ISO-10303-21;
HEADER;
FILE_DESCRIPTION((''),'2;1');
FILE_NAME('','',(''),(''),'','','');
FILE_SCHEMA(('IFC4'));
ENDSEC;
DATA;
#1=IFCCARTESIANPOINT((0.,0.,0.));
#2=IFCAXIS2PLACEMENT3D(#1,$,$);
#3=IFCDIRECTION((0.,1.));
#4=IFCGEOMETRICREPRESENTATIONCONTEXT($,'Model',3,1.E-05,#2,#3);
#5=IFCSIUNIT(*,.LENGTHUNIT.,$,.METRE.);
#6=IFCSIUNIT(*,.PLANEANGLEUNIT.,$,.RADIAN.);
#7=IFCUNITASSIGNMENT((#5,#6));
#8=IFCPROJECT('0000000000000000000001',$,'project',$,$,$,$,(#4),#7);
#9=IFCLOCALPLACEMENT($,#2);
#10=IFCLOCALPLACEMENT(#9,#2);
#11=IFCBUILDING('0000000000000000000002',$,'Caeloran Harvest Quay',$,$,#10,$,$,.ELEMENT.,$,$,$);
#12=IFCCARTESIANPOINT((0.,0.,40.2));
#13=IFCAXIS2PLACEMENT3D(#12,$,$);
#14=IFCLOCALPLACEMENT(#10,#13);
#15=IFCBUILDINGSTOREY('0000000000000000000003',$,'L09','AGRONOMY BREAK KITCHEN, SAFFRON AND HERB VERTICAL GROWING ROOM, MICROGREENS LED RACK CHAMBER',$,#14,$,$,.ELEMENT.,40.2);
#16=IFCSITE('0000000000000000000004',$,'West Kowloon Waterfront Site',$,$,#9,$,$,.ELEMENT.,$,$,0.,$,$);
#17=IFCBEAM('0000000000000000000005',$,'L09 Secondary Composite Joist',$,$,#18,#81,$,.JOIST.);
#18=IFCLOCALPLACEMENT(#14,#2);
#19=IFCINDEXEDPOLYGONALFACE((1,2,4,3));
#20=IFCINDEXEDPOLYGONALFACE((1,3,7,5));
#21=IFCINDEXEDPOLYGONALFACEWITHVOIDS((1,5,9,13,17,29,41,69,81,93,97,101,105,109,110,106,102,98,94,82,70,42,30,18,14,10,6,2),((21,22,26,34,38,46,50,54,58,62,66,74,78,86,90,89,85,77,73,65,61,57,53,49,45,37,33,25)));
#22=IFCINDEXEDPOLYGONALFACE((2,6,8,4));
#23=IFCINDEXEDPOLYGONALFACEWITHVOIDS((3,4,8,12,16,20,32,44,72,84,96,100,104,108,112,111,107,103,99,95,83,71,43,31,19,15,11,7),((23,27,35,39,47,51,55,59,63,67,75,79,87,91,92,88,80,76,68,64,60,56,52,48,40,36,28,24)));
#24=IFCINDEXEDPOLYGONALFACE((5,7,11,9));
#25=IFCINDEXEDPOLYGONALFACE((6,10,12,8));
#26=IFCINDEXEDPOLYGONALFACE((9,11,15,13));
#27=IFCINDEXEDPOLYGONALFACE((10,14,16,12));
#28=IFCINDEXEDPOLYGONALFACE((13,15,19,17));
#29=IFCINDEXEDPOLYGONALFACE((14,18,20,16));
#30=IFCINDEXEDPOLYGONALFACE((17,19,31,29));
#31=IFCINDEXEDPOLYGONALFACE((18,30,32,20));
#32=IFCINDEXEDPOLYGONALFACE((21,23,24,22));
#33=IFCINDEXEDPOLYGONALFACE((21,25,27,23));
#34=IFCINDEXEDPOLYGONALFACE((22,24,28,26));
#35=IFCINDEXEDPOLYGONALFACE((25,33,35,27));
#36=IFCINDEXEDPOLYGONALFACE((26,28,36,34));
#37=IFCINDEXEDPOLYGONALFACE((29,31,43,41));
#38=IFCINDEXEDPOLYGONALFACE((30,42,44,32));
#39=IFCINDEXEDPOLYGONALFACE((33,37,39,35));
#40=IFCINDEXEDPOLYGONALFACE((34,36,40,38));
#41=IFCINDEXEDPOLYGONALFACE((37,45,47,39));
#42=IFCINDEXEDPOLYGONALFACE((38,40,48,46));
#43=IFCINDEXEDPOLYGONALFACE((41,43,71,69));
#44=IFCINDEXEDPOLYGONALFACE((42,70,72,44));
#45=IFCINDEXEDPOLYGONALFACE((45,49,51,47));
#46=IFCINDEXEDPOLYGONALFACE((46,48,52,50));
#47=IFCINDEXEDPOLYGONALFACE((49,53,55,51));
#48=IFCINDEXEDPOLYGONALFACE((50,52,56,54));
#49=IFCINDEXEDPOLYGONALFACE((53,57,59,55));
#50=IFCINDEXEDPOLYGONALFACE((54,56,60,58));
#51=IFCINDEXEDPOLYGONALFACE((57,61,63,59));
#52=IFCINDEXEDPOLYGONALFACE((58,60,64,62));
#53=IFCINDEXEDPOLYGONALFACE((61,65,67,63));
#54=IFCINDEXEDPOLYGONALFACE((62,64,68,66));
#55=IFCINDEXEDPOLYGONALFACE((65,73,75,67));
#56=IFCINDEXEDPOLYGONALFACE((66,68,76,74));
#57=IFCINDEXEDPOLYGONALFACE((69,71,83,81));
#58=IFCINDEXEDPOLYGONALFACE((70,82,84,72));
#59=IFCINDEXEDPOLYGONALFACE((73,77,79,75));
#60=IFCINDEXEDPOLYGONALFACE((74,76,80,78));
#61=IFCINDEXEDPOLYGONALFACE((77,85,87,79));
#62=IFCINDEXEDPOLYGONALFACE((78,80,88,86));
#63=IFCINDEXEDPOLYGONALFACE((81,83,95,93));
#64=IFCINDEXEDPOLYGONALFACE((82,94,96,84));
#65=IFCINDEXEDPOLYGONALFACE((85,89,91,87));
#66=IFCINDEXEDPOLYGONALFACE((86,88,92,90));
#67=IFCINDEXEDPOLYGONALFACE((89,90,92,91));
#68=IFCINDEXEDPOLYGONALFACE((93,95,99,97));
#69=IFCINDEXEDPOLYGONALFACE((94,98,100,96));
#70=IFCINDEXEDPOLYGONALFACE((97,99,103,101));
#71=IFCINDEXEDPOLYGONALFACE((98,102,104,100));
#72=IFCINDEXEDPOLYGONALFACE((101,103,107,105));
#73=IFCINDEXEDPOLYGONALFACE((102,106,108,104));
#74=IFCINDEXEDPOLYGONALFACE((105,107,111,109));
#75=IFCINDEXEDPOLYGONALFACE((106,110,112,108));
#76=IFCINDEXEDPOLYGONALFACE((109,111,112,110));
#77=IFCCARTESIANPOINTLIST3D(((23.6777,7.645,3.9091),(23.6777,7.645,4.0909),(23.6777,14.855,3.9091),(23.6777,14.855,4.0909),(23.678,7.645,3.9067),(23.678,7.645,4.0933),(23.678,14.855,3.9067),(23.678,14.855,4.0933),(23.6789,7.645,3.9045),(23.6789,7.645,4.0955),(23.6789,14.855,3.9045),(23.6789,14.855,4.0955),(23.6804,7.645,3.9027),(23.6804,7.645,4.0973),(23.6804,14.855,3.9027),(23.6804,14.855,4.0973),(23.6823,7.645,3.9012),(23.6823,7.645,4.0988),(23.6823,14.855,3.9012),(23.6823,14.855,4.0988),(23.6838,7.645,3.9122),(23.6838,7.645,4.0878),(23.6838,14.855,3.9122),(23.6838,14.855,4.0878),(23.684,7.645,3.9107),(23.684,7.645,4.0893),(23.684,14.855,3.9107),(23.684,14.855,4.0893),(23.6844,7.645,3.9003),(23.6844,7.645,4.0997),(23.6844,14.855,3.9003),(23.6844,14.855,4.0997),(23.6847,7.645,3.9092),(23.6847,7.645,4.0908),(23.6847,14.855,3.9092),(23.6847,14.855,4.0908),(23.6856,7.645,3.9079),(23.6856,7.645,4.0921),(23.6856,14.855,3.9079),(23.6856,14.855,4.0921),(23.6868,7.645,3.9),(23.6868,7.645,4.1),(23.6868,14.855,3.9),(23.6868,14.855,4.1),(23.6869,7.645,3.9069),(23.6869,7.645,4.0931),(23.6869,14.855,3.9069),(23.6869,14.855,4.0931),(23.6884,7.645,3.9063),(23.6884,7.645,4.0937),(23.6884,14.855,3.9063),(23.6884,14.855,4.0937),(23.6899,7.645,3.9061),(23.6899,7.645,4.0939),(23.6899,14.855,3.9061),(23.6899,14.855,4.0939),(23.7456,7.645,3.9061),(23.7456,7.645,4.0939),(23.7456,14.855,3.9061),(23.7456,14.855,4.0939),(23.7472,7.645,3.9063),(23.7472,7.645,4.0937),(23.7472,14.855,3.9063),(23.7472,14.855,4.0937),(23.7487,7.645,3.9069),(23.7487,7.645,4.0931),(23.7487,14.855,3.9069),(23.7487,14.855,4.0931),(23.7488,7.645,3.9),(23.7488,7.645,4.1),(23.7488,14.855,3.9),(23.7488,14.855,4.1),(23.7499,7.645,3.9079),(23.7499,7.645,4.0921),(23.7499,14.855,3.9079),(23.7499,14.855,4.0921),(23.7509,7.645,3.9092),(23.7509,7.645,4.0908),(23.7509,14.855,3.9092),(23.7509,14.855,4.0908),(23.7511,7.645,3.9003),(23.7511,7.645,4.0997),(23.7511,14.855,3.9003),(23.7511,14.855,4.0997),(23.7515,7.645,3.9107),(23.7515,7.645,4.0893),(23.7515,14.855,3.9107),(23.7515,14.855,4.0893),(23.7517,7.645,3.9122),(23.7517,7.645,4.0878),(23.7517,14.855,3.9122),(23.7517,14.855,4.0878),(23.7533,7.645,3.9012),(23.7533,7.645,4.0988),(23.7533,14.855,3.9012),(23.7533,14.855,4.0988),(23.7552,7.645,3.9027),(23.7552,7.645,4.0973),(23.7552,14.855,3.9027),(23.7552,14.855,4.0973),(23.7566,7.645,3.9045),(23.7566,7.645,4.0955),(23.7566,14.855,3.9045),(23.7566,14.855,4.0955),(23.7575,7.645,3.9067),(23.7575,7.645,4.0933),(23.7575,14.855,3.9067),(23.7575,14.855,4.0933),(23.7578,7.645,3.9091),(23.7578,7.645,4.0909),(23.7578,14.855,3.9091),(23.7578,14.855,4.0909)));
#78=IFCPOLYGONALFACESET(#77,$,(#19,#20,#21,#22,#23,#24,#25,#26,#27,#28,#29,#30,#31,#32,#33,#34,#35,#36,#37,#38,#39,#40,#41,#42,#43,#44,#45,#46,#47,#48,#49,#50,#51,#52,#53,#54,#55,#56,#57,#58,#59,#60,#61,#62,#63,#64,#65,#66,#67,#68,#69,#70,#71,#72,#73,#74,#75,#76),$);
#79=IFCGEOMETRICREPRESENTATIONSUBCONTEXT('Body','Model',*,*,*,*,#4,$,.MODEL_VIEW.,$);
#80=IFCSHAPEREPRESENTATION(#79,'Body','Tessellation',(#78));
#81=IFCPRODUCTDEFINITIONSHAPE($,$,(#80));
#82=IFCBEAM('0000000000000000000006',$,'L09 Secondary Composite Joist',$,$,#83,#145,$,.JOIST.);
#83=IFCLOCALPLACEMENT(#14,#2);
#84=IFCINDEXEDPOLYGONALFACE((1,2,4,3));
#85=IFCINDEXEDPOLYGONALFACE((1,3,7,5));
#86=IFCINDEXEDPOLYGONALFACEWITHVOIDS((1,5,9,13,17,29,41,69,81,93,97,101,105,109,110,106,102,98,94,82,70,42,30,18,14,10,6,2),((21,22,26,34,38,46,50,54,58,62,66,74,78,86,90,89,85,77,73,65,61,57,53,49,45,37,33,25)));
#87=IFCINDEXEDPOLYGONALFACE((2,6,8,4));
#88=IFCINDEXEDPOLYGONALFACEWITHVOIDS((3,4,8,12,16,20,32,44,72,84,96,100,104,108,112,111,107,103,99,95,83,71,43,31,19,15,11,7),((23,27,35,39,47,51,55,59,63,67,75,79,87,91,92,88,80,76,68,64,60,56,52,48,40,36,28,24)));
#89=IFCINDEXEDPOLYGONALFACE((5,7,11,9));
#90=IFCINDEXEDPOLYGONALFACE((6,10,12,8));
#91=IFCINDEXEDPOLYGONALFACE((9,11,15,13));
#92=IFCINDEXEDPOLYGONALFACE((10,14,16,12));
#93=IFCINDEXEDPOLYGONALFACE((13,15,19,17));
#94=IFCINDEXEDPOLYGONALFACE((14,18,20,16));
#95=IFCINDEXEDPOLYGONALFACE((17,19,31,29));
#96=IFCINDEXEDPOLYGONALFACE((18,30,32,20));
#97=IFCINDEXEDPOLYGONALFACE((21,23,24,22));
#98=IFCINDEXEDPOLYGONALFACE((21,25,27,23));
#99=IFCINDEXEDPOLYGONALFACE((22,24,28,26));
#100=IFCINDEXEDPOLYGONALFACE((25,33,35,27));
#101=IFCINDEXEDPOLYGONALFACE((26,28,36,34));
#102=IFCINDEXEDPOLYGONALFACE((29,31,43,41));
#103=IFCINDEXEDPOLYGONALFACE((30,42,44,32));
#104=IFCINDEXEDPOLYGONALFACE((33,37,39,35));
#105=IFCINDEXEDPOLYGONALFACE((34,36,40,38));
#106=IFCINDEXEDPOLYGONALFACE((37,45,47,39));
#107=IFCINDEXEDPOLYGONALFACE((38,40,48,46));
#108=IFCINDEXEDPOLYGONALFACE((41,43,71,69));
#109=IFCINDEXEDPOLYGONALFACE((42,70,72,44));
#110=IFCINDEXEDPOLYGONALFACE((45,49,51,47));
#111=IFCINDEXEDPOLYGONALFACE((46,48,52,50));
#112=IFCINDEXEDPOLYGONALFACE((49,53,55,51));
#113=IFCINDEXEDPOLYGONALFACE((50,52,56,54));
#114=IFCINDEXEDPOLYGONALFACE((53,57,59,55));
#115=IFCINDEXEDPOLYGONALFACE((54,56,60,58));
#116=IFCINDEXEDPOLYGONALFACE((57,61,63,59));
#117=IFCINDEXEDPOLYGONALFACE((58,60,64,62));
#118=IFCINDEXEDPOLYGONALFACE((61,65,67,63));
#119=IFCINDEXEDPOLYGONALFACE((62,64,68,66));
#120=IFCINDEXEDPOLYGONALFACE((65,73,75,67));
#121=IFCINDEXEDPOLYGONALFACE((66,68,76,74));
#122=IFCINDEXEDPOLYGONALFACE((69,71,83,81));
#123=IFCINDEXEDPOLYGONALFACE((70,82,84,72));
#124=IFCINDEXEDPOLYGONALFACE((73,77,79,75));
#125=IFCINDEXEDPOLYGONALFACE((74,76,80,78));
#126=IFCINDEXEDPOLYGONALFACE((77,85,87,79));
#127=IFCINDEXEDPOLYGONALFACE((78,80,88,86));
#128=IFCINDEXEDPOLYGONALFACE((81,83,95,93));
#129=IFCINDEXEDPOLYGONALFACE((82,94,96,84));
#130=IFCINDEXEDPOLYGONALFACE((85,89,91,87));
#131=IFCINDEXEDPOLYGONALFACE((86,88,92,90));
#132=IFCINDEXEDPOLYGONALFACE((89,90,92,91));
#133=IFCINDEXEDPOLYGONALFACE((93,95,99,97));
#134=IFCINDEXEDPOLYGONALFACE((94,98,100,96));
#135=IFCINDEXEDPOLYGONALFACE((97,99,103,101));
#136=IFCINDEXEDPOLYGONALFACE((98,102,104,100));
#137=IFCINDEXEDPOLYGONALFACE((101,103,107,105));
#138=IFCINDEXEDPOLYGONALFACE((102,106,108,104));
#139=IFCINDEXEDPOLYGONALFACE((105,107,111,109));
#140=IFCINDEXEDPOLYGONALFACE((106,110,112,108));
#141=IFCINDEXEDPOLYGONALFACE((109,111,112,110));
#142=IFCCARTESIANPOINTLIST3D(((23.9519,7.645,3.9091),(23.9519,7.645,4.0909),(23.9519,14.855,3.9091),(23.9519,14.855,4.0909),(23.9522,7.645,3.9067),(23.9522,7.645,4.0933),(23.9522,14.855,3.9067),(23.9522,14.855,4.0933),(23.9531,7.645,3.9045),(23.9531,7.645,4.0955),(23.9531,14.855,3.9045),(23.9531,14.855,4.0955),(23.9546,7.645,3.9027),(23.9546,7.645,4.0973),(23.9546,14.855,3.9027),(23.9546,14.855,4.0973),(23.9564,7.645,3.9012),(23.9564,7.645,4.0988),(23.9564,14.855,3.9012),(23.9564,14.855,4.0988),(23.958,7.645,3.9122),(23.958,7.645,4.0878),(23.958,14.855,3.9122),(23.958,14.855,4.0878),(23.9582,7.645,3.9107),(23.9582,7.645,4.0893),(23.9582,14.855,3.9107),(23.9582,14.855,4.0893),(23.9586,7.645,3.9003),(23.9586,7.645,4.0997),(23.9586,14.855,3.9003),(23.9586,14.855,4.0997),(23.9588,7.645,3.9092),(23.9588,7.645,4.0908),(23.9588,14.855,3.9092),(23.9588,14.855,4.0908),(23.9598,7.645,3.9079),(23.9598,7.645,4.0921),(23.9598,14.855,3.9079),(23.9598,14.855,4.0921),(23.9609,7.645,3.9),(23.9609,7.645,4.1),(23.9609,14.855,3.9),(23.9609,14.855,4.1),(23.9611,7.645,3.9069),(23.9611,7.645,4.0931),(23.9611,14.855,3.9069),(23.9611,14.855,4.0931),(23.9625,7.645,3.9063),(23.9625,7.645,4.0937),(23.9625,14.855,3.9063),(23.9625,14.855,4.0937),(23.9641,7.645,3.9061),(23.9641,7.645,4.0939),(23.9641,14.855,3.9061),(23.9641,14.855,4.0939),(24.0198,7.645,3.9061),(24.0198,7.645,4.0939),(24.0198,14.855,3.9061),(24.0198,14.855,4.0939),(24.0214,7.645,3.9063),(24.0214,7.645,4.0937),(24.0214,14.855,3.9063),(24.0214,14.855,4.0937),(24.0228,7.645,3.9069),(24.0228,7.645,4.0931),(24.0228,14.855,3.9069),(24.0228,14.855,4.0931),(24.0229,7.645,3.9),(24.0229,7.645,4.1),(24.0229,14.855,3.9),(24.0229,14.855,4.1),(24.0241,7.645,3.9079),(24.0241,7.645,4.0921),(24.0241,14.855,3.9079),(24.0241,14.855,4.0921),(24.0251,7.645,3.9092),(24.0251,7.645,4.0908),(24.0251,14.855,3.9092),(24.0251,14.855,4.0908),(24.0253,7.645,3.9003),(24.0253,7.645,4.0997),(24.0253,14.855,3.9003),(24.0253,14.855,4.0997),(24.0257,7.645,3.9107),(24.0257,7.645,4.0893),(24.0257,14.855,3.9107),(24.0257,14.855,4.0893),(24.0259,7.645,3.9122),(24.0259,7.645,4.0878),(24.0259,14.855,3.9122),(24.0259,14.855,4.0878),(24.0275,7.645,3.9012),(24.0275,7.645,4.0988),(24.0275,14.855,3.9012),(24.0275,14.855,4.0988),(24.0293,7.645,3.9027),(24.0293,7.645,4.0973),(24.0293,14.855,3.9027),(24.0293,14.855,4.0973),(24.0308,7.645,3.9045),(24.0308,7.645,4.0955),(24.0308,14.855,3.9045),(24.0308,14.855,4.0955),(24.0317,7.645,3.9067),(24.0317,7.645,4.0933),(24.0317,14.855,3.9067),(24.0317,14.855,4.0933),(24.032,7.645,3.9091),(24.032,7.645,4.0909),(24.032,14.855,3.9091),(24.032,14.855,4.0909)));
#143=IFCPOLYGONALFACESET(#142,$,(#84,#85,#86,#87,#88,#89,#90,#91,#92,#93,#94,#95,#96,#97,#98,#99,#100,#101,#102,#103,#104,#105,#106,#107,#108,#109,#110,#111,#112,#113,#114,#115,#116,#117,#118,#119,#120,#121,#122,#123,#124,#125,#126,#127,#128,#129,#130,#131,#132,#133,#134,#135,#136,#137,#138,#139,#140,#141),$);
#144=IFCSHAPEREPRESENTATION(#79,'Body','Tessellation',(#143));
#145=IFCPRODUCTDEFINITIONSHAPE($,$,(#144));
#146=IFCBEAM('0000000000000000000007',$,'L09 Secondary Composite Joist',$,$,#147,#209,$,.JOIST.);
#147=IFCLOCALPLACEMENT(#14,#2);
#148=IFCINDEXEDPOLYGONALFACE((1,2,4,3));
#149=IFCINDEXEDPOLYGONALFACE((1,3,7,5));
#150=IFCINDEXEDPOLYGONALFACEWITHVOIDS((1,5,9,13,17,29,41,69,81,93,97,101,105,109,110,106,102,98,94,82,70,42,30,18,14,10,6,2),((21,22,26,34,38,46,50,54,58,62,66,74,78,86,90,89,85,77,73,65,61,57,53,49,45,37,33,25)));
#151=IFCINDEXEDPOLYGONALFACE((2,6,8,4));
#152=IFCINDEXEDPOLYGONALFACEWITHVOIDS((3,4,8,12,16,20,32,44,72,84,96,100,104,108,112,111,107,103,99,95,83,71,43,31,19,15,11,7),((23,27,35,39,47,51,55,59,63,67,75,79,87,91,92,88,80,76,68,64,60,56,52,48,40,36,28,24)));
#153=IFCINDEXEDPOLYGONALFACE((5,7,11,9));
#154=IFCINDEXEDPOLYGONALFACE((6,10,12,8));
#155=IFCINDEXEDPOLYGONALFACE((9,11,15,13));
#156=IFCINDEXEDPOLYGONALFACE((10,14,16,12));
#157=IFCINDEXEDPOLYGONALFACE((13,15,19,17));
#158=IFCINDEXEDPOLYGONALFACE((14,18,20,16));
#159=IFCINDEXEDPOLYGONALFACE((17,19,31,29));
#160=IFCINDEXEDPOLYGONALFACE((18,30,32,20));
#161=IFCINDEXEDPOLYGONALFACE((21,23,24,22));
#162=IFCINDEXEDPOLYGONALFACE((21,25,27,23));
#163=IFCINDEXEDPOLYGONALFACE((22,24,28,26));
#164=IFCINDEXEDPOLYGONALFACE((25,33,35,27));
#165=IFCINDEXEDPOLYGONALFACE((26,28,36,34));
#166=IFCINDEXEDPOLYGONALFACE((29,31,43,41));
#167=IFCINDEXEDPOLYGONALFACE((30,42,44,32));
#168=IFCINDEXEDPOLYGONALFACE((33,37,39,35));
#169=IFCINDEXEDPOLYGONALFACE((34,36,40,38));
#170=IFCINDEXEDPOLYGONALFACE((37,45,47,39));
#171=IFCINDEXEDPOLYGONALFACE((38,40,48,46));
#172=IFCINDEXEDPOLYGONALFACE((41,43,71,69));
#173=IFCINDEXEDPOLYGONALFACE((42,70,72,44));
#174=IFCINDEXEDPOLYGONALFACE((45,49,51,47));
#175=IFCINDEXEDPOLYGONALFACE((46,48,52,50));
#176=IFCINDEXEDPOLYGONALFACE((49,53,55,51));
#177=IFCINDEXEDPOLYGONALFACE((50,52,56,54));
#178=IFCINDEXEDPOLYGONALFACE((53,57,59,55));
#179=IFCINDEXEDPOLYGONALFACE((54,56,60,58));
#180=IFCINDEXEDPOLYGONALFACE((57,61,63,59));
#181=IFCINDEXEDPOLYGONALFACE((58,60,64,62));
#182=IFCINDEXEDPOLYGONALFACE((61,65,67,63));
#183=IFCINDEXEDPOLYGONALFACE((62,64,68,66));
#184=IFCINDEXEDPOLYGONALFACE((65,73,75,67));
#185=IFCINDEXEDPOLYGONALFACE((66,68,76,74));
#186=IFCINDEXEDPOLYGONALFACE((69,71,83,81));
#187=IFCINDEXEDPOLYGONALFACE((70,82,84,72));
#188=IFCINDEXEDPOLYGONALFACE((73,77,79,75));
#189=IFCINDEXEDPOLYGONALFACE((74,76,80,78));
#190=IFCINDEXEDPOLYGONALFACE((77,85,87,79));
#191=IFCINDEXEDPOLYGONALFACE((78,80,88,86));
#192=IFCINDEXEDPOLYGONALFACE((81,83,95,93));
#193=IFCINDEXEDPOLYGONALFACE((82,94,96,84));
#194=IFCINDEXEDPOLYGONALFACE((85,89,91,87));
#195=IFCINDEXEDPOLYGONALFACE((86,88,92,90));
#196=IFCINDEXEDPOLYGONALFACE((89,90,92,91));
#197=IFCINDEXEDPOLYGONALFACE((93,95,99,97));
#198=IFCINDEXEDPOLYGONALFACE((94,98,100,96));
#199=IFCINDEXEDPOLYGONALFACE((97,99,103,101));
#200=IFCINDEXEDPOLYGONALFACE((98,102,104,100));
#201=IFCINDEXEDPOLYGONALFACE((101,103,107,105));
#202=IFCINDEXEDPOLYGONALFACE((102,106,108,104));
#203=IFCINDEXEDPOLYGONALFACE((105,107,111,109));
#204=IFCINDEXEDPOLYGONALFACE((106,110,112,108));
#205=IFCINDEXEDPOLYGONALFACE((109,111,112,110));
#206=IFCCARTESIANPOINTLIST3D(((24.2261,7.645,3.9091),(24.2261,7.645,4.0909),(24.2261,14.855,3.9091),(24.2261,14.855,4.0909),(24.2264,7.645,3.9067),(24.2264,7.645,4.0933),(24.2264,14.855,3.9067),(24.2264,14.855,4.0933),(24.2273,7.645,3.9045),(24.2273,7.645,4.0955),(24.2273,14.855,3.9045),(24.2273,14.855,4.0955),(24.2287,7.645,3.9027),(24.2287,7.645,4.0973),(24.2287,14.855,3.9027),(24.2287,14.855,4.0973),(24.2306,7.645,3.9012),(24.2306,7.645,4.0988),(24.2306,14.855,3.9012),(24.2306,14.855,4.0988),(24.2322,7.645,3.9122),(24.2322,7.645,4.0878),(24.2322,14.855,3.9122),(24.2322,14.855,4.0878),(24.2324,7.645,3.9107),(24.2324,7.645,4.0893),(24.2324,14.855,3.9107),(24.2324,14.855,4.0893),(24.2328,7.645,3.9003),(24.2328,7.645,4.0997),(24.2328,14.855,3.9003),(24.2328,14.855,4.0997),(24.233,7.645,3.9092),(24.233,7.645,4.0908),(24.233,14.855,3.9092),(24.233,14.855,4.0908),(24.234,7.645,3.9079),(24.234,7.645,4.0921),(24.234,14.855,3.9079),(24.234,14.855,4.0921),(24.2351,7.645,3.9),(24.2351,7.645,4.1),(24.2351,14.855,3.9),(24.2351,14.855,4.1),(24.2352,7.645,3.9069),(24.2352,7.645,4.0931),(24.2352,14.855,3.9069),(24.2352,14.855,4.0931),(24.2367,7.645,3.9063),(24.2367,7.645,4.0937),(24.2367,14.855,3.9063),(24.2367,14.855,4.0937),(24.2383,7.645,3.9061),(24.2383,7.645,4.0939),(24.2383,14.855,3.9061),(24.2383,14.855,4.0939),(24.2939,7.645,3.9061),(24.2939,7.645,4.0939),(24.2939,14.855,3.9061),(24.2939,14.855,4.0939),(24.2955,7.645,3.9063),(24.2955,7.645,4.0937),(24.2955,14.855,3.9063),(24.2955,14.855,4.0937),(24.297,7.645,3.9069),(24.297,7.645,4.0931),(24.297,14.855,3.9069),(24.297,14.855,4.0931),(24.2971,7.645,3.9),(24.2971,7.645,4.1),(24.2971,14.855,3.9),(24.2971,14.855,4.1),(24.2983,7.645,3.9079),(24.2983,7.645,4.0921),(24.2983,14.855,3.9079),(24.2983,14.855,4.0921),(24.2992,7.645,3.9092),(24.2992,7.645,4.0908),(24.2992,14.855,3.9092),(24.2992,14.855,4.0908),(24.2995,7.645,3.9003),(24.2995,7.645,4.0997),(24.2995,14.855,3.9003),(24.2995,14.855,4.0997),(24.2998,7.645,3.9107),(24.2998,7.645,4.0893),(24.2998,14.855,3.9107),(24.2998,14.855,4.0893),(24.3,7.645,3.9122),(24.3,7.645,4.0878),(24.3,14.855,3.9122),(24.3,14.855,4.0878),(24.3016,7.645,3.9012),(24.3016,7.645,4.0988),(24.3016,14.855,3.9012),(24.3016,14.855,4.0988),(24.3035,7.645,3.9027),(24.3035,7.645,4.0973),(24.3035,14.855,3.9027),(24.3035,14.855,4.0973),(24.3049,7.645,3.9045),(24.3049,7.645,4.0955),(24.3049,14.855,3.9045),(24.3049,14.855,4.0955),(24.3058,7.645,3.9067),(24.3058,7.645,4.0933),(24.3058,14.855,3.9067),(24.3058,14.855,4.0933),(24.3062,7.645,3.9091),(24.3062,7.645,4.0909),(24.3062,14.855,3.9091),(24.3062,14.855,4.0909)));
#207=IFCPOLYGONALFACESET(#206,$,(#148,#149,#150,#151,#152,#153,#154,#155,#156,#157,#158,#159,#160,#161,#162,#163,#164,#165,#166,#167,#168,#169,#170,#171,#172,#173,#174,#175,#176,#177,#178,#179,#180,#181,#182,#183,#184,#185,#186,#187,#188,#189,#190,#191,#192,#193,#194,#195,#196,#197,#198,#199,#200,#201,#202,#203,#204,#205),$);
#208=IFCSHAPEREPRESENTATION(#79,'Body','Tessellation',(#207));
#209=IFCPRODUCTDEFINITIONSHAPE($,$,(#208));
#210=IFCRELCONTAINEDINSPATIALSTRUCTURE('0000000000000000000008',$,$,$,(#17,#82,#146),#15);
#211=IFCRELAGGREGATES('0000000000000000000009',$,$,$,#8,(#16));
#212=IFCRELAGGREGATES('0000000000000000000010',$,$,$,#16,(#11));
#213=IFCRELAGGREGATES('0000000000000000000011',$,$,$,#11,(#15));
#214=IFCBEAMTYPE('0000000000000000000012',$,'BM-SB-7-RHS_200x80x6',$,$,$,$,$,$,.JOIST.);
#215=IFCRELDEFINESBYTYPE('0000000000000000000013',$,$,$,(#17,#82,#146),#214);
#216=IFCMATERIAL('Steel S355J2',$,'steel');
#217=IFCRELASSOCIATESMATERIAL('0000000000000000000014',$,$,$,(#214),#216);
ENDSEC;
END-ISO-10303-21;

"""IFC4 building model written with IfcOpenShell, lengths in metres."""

from ifc_helpers import new_model, si_unit, direction, frame, origin, origin_2d, place, context, subcontext, project, spatial, hollow_rectangle, extrude, material, material_profile, profile_set, type_object, element, save


model = new_model("IFC4")

# Units and contexts
model_context = context("Model", 3, precision=1e-05, world=origin(), true_north=direction((0.0, 1.0)))
body_context = subcontext(model_context, "Body", "Model", "MODEL_VIEW")
ifc_project = project(units=[si_unit("LENGTHUNIT", "METRE"), si_unit("PLANEANGLEUNIT", "RADIAN")], contexts=[model_context])

# Site, building, storey
site_placement = place(None, origin())
site = spatial("IfcSite", under=ifc_project, at=site_placement, Name="West Kowloon Waterfront Site", CompositionType="ELEMENT", RefElevation=0.0)
building_placement = place(site_placement, origin())
building = spatial("IfcBuilding", under=site, at=building_placement, Name="Caeloran Harvest Quay", CompositionType="ELEMENT")
storey_placement = place(building_placement, frame((0.0, 0.0, 40.2)))
storey = spatial("IfcBuildingStorey", under=building, at=storey_placement, Name="L09", Description="AGRONOMY BREAK KITCHEN, SAFFRON AND HERB VERTICAL GROWING ROOM, MICROGREENS LED RACK CHAMBER", CompositionType="ELEMENT", Elevation=40.2)

# Beams
ifc_material_1 = material(Name="Steel S355J2", Category="steel")
ifc_material_profile_1 = material_profile(ifc_material_1, hollow_rectangle(XDim=0.0801, YDim=0.2, WallThickness=0.0061, InnerFilletRadius=0.0061, OuterFilletRadius=0.009, at=origin_2d()), Name="RHS 200x80x6")
ifc_profile_set_1 = profile_set([ifc_material_profile_1], Name="Steel S355J2")
beam_type_1 = type_object("IfcBeamType", Name="BM-SB-7-RHS_200x80x6", PredefinedType="JOIST", material=ifc_profile_set_1)
for number, where, z_axis, x_axis, name in (
    (1, (23.7178, 7.645, 4.0), (0.0, 1.0, 0.0), (-1.0, 0.0, 0.0), "L09 Secondary Composite Joist"),
    (2, (23.9919, 7.645, 4.0), (0.0, 1.0, 0.0), (-1.0, 0.0, 0.0), "L09 Secondary Composite Joist"),
    (3, (24.2661, 7.645, 4.0), (0.0, 1.0, 0.0), (-1.0, 0.0, 0.0), "L09 Secondary Composite Joist"),
):
    element("IfcBeam", number, at=place(storey_placement, frame(where, z_axis=z_axis, x_axis=x_axis)), inside=storey, type_object=beam_type_1, Name=name, PredefinedType="JOIST", context=body_context, shape_type="SweptSolid", body=[
        extrude(hollow_rectangle(XDim=0.0801, YDim=0.2, WallThickness=0.0061, InnerFilletRadius=0.0061, OuterFilletRadius=0.009, at=origin_2d()), origin(), (0.0, 0.0, 1.0), 7.21),
    ])

save(model, "model.ifc")
